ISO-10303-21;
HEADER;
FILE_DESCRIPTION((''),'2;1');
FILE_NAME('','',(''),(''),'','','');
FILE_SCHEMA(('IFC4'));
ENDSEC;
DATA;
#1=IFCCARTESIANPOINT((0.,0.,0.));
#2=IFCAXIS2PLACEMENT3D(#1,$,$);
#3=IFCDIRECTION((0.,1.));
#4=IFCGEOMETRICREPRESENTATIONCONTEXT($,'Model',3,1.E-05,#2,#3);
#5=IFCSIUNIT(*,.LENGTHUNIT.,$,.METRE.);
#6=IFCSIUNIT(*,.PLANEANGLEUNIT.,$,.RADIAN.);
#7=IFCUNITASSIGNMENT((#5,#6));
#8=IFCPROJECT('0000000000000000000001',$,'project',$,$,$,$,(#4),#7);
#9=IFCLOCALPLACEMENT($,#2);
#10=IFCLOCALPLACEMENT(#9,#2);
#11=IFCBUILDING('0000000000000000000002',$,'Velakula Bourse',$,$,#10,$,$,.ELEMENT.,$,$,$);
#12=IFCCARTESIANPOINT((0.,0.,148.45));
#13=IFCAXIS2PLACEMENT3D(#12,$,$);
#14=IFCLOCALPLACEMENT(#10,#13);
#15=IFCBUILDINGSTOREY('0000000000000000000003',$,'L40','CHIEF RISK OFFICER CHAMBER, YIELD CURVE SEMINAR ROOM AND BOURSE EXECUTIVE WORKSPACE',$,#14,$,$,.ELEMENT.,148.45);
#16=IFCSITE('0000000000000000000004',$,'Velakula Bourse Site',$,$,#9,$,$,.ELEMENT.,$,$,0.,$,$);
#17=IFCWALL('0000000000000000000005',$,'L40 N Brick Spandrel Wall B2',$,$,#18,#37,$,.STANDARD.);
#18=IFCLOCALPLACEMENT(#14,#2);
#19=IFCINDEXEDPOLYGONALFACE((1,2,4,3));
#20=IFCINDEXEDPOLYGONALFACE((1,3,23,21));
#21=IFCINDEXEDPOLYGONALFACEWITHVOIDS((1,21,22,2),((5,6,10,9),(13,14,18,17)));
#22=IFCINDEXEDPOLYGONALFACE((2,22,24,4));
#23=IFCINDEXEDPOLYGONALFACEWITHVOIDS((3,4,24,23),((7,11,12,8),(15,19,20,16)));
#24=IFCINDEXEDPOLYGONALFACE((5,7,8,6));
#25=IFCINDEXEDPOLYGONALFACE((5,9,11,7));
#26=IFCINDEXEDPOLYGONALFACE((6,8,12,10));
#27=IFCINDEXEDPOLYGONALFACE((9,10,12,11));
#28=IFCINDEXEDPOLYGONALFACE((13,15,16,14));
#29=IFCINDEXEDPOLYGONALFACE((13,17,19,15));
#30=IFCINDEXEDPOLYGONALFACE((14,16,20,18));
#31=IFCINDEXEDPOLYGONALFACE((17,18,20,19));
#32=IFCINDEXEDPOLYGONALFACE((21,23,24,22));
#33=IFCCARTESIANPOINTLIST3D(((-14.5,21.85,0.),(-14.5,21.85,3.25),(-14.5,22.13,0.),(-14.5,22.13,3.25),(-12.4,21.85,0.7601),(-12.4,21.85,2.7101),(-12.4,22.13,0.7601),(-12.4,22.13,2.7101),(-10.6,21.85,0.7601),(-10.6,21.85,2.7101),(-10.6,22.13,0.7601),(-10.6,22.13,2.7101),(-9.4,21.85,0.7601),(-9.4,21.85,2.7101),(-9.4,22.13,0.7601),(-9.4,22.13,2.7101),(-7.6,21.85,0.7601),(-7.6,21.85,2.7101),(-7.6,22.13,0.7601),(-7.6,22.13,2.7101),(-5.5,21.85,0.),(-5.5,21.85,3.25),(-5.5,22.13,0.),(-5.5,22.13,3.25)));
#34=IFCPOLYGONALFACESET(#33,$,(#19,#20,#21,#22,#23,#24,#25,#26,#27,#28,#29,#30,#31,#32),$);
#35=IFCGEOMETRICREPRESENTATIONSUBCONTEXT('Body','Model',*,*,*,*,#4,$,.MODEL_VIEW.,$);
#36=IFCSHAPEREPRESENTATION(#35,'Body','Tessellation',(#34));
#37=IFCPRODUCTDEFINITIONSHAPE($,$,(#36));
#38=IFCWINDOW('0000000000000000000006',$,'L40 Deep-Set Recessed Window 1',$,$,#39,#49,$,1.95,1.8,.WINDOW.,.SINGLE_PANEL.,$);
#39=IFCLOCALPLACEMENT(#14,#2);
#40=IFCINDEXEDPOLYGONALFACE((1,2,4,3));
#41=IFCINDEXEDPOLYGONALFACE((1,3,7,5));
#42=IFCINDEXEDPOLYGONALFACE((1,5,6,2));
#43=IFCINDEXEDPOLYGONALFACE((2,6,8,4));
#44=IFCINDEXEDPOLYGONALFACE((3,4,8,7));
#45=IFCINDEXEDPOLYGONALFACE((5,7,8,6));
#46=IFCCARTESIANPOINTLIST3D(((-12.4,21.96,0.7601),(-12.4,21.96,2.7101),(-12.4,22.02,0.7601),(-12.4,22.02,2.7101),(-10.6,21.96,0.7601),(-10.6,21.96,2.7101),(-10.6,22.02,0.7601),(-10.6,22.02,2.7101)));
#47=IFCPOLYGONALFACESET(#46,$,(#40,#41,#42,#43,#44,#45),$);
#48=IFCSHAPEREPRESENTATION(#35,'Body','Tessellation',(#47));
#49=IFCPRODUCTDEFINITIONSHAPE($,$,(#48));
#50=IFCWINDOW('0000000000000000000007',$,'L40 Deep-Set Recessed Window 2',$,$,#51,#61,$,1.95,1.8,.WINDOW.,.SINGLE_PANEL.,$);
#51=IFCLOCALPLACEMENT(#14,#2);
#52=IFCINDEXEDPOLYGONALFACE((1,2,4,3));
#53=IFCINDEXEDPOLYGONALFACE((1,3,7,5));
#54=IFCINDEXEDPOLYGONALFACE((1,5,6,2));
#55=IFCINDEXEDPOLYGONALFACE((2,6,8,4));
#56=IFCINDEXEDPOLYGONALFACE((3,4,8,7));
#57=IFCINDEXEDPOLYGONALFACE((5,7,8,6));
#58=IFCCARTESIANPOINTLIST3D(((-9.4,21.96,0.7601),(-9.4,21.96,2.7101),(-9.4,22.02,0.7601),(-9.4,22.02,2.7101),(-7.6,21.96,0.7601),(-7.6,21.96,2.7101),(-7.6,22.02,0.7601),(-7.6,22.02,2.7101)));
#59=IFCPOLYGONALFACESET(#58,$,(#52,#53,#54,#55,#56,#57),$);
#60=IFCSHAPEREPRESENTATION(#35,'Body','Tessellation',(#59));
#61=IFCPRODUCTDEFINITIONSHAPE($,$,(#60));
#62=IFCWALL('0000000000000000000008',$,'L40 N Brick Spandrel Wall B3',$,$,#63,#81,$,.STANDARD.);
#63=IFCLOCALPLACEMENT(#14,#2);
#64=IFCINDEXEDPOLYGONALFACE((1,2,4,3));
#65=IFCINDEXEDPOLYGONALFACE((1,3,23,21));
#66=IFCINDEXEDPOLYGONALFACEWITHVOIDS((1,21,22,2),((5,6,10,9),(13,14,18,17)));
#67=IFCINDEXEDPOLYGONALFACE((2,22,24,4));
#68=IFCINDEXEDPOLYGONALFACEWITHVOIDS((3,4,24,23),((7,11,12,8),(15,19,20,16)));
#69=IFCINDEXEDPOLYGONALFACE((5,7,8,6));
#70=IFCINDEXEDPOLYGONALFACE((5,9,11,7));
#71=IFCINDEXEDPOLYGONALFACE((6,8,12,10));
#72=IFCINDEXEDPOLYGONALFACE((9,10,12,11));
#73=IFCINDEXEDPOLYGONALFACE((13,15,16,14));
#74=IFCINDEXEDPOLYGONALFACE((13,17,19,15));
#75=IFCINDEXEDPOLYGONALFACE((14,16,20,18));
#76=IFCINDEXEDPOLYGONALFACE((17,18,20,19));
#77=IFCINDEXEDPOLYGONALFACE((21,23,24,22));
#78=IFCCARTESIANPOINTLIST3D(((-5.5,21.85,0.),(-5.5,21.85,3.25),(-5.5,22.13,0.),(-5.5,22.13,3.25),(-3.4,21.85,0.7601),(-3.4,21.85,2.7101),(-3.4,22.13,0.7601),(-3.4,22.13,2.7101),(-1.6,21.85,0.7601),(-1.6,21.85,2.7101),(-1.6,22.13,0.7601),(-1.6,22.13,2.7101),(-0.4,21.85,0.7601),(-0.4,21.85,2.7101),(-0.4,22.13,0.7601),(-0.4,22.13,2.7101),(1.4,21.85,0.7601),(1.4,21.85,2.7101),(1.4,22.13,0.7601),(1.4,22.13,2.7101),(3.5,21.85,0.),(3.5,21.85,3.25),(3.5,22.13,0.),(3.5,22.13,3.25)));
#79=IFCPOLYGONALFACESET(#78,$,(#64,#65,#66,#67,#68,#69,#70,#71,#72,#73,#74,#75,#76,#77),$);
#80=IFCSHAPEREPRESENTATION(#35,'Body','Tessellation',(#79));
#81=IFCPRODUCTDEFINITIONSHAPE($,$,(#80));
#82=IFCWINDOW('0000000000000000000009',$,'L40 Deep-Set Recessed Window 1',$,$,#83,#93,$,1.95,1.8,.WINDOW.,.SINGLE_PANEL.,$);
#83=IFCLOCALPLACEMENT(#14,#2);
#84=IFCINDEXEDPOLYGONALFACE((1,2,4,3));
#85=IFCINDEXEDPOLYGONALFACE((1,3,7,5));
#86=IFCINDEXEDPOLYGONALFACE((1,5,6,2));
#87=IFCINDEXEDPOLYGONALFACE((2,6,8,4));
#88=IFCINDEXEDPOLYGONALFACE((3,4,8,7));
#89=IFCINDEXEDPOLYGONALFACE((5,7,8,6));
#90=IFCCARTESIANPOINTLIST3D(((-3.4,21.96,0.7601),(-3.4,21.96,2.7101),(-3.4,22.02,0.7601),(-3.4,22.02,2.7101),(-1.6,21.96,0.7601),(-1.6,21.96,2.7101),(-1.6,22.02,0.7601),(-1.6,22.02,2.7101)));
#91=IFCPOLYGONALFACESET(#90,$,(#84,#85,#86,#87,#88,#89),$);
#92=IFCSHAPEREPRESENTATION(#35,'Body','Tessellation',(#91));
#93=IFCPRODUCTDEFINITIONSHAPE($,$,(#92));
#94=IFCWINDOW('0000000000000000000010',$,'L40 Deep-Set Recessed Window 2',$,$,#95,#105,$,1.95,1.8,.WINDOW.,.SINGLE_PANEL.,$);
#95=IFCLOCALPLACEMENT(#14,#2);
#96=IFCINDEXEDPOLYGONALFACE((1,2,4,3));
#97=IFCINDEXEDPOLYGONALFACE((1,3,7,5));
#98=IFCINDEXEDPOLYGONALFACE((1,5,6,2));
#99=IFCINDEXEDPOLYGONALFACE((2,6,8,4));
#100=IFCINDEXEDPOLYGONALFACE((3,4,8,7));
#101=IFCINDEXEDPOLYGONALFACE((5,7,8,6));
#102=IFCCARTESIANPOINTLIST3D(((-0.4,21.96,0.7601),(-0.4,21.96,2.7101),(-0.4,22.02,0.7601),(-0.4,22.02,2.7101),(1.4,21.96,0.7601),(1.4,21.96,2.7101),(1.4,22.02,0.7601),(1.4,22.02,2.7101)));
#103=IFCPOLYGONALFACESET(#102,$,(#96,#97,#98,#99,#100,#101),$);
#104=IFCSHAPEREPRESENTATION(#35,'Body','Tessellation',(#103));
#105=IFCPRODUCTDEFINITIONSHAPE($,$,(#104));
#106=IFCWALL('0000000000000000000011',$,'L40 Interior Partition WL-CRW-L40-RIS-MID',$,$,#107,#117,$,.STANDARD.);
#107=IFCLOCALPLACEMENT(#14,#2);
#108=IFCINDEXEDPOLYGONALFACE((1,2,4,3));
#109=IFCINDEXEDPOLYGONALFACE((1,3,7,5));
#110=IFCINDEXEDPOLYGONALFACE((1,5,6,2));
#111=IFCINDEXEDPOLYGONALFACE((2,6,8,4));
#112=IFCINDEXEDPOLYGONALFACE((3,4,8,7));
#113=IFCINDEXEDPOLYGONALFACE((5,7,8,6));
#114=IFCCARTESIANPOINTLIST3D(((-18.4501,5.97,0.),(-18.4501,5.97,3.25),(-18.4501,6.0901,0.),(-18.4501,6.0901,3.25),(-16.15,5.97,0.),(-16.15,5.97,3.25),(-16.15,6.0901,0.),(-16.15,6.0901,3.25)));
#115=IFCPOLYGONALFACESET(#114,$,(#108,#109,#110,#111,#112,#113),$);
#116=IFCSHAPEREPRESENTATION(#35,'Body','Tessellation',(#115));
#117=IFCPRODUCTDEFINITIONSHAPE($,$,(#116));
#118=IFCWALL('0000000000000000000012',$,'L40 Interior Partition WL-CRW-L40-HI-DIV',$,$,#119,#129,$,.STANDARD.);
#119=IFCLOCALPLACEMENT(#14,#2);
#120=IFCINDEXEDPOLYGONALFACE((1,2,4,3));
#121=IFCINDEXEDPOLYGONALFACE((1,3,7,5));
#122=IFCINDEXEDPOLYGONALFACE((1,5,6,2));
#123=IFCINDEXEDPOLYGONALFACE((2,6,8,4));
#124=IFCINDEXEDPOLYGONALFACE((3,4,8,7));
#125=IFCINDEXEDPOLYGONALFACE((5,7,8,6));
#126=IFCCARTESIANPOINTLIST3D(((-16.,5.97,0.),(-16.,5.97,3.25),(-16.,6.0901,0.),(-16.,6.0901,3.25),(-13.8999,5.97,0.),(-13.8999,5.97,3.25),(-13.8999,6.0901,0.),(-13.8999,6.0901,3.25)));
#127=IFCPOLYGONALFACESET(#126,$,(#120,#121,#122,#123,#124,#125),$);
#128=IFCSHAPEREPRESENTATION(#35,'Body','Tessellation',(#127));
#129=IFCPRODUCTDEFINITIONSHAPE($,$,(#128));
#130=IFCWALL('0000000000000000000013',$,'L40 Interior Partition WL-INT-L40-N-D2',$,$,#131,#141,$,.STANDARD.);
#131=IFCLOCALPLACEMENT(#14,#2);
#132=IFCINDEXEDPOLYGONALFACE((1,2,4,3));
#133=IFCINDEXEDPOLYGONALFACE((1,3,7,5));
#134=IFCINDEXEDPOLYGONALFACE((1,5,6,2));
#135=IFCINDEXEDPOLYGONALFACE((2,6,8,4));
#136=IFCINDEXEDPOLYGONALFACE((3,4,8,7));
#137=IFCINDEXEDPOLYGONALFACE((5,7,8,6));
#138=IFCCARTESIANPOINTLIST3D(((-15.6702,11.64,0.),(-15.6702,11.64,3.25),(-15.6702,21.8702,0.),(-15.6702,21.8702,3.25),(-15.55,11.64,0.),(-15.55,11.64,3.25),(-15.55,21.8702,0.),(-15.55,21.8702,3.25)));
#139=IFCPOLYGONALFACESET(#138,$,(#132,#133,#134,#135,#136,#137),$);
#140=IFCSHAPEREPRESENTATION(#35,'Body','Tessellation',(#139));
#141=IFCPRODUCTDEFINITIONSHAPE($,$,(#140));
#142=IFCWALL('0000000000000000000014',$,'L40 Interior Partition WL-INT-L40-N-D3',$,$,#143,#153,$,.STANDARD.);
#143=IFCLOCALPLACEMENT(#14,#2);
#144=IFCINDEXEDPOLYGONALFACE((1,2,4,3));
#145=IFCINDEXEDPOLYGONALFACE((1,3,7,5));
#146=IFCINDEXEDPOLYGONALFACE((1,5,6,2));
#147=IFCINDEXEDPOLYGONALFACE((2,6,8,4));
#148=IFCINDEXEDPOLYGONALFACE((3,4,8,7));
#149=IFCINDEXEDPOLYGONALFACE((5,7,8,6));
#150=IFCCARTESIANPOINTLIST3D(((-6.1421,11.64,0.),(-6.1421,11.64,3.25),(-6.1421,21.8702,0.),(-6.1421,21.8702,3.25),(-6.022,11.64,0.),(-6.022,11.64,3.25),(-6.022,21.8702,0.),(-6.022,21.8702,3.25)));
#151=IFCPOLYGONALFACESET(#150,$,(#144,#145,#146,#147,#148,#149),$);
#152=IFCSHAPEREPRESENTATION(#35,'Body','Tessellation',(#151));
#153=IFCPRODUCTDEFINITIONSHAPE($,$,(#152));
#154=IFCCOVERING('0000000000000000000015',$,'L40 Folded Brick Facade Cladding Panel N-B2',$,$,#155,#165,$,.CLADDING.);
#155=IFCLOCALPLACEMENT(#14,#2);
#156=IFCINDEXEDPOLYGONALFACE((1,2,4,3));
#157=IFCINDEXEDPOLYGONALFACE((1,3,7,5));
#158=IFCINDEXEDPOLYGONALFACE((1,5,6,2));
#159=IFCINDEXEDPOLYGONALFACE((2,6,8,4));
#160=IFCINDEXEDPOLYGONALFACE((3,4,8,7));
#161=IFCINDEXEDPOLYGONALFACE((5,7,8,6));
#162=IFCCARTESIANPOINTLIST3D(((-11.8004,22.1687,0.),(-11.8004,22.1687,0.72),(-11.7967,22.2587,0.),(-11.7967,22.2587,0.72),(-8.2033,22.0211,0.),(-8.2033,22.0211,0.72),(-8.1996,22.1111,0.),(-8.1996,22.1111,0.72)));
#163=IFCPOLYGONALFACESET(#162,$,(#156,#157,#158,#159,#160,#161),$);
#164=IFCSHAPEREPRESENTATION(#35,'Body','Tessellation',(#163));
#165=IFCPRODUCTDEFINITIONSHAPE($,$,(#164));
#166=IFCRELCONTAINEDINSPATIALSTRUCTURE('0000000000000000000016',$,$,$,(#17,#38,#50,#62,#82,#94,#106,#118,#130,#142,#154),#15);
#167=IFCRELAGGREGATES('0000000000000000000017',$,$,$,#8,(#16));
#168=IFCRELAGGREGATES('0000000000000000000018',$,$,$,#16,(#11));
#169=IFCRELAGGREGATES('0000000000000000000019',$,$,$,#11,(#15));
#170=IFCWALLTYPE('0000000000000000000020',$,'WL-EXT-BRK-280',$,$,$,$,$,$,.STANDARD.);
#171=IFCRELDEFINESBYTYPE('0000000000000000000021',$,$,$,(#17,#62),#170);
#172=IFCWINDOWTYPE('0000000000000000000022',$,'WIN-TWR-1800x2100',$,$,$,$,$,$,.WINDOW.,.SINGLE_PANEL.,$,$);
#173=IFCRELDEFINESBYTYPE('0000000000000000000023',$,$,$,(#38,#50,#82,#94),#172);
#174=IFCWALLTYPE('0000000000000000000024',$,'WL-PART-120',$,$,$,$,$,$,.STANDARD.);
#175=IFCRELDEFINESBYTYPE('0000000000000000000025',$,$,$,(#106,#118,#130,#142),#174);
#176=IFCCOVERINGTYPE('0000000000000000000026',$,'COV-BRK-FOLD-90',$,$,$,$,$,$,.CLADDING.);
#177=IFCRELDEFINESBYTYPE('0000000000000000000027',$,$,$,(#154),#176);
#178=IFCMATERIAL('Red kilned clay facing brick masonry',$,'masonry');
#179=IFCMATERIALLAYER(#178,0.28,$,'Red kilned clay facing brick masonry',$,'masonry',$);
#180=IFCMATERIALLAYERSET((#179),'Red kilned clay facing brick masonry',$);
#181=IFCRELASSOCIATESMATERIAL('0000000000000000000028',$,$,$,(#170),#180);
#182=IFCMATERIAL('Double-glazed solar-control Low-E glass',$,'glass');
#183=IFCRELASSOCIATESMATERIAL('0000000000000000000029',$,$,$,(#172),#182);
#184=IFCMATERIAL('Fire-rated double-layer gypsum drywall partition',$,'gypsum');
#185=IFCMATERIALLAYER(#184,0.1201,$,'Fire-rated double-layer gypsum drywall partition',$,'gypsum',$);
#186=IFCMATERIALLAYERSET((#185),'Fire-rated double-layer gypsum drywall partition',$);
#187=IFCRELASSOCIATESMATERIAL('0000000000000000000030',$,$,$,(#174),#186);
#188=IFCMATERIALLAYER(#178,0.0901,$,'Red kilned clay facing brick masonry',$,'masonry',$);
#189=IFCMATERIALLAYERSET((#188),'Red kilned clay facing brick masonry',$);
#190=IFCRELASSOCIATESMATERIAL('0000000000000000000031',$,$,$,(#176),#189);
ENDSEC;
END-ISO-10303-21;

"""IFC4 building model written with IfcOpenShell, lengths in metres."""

from ifc_helpers import new_model, si_unit, direction, frame, frame_2d, origin, origin_2d, place, context, subcontext, project, spatial, rectangle, extrude, material, layer, layer_set, type_object, element, fill, save


model = new_model("IFC4")

# Units and contexts
model_context = context("Model", 3, precision=1e-05, world=origin(), true_north=direction((0.0, 1.0)))
body_context = subcontext(model_context, "Body", "Model", "MODEL_VIEW")
ifc_project = project(units=[si_unit("LENGTHUNIT", "METRE"), si_unit("PLANEANGLEUNIT", "RADIAN")], contexts=[model_context])

# Site, building, storey
site_placement = place(None, origin())
site = spatial("IfcSite", under=ifc_project, at=site_placement, Name="Velakula Bourse Site", CompositionType="ELEMENT", RefElevation=0.0)
building_placement = place(site_placement, origin())
building = spatial("IfcBuilding", under=site, at=building_placement, Name="Velakula Bourse", CompositionType="ELEMENT")
storey_placement = place(building_placement, frame((0.0, 0.0, 148.45)))
storey = spatial("IfcBuildingStorey", under=building, at=storey_placement, Name="L40", Description="CHIEF RISK OFFICER CHAMBER, YIELD CURVE SEMINAR ROOM AND BOURSE EXECUTIVE WORKSPACE", CompositionType="ELEMENT", Elevation=148.45)

# Walls, openings, windows
ifc_material_1 = material(Name="Red kilned clay facing brick masonry", Category="masonry")
ifc_layer_1 = layer(ifc_material_1, 0.28, Name="Red kilned clay facing brick masonry", Category="masonry")
ifc_layer_set_1 = layer_set([ifc_layer_1], Name="Red kilned clay facing brick masonry")
wall_type_1 = type_object("IfcWallType", Name="WL-EXT-BRK-280", PredefinedType="STANDARD", material=ifc_layer_set_1)
wall_1_placement = place(storey_placement, frame((-14.5, 21.99, 0.0), z_axis=(0.0, 0.0, 1.0), x_axis=(1.0, 0.0, 0.0)))
wall_1 = element("IfcWall", 1, at=wall_1_placement, inside=storey, type_object=wall_type_1, Name="L40 N Brick Spandrel Wall B2", PredefinedType="STANDARD", context=body_context, shape_type="SweptSolid", body=[
    extrude(rectangle(XDim=9.0, YDim=0.28, at=frame_2d((4.5, 0.0))), origin(), (0.0, 0.0, 1.0), 3.25),
])
opening_1_placement = place(wall_1_placement, frame((2.1001, 0.0, 0.76)))
opening_1 = element("IfcOpeningElement", 2, at=opening_1_placement, cuts=wall_1, PredefinedType="OPENING", context=body_context, shape_type="SweptSolid", body=[
    extrude(rectangle(XDim=1.8, YDim=1.95, at=frame_2d((0.8999, 0.9751))), frame((0.0, 0.1499, 0.0), z_axis=(0.0, -1.0, 0.0), x_axis=(1.0, 0.0, 0.0)), (0.0, 0.0, 1.0), 0.3),
])
opening_2_placement = place(wall_1_placement, frame((5.1001, 0.0, 0.76)))
opening_2 = element("IfcOpeningElement", 3, at=opening_2_placement, cuts=wall_1, PredefinedType="OPENING", context=body_context, shape_type="SweptSolid", body=[
    extrude(rectangle(XDim=1.8, YDim=1.95, at=frame_2d((0.8999, 0.9751))), frame((0.0, 0.1499, 0.0), z_axis=(0.0, -1.0, 0.0), x_axis=(1.0, 0.0, 0.0)), (0.0, 0.0, 1.0), 0.3),
])
ifc_material_2 = material(Name="Double-glazed solar-control Low-E glass", Category="glass")
window_type = type_object("IfcWindowType", Name="WIN-TWR-1800x2100", PartitioningType="SINGLE_PANEL", PredefinedType="WINDOW", material=ifc_material_2)
window_1_placement = place(opening_1_placement, origin())
window_1 = element("IfcWindow", 4, at=window_1_placement, inside=storey, type_object=window_type, Name="L40 Deep-Set Recessed Window 1", OverallHeight=1.95, OverallWidth=1.8, PartitioningType="SINGLE_PANEL", PredefinedType="WINDOW", context=body_context, shape_type="SweptSolid", body=[
    extrude(rectangle(XDim=1.8, YDim=1.95, at=frame_2d((0.8999, 0.9751))), frame((0.0, 0.03, 0.0), z_axis=(0.0, -1.0, 0.0), x_axis=(1.0, 0.0, 0.0)), (0.0, 0.0, 1.0), 0.0601),
])
fill(opening_1, window_1)
window_2_placement = place(opening_2_placement, origin())
window_2 = element("IfcWindow", 5, at=window_2_placement, inside=storey, type_object=window_type, Name="L40 Deep-Set Recessed Window 2", OverallHeight=1.95, OverallWidth=1.8, PartitioningType="SINGLE_PANEL", PredefinedType="WINDOW", context=body_context, shape_type="SweptSolid", body=[
    extrude(rectangle(XDim=1.8, YDim=1.95, at=frame_2d((0.8999, 0.9751))), frame((0.0, 0.03, 0.0), z_axis=(0.0, -1.0, 0.0), x_axis=(1.0, 0.0, 0.0)), (0.0, 0.0, 1.0), 0.0601),
])
fill(opening_2, window_2)
wall_2_placement = place(storey_placement, frame((-5.5, 21.99, 0.0), z_axis=(0.0, 0.0, 1.0), x_axis=(1.0, 0.0, 0.0)))
wall_2 = element("IfcWall", 6, at=wall_2_placement, inside=storey, type_object=wall_type_1, Name="L40 N Brick Spandrel Wall B3", PredefinedType="STANDARD", context=body_context, shape_type="SweptSolid", body=[
    extrude(rectangle(XDim=9.0, YDim=0.28, at=frame_2d((4.5, 0.0))), origin(), (0.0, 0.0, 1.0), 3.25),
])
opening_3_placement = place(wall_2_placement, frame((2.1001, 0.0, 0.76)))
opening_3 = element("IfcOpeningElement", 7, at=opening_3_placement, cuts=wall_2, PredefinedType="OPENING", context=body_context, shape_type="SweptSolid", body=[
    extrude(rectangle(XDim=1.8, YDim=1.95, at=frame_2d((0.8999, 0.9751))), frame((0.0, 0.1499, 0.0), z_axis=(0.0, -1.0, 0.0), x_axis=(1.0, 0.0, 0.0)), (0.0, 0.0, 1.0), 0.3),
])
opening_4_placement = place(wall_2_placement, frame((5.1001, 0.0, 0.76)))
opening_4 = element("IfcOpeningElement", 8, at=opening_4_placement, cuts=wall_2, PredefinedType="OPENING", context=body_context, shape_type="SweptSolid", body=[
    extrude(rectangle(XDim=1.8, YDim=1.95, at=frame_2d((0.8999, 0.9751))), frame((0.0, 0.1499, 0.0), z_axis=(0.0, -1.0, 0.0), x_axis=(1.0, 0.0, 0.0)), (0.0, 0.0, 1.0), 0.3),
])
window_3_placement = place(opening_3_placement, origin())
window_3 = element("IfcWindow", 9, at=window_3_placement, inside=storey, type_object=window_type, Name="L40 Deep-Set Recessed Window 1", OverallHeight=1.95, OverallWidth=1.8, PartitioningType="SINGLE_PANEL", PredefinedType="WINDOW", context=body_context, shape_type="SweptSolid", body=[
    extrude(rectangle(XDim=1.8, YDim=1.95, at=frame_2d((0.8999, 0.9751))), frame((0.0, 0.03, 0.0), z_axis=(0.0, -1.0, 0.0), x_axis=(1.0, 0.0, 0.0)), (0.0, 0.0, 1.0), 0.0601),
])
fill(opening_3, window_3)
window_4_placement = place(opening_4_placement, origin())
window_4 = element("IfcWindow", 10, at=window_4_placement, inside=storey, type_object=window_type, Name="L40 Deep-Set Recessed Window 2", OverallHeight=1.95, OverallWidth=1.8, PartitioningType="SINGLE_PANEL", PredefinedType="WINDOW", context=body_context, shape_type="SweptSolid", body=[
    extrude(rectangle(XDim=1.8, YDim=1.95, at=frame_2d((0.8999, 0.9751))), frame((0.0, 0.03, 0.0), z_axis=(0.0, -1.0, 0.0), x_axis=(1.0, 0.0, 0.0)), (0.0, 0.0, 1.0), 0.0601),
])
fill(opening_4, window_4)

# Walls
ifc_material_3 = material(Name="Fire-rated double-layer gypsum drywall partition", Category="gypsum")
ifc_layer_2 = layer(ifc_material_3, 0.1201, Name="Fire-rated double-layer gypsum drywall partition", Category="gypsum")
ifc_layer_set_2 = layer_set([ifc_layer_2], Name="Fire-rated double-layer gypsum drywall partition")
wall_type_2 = type_object("IfcWallType", Name="WL-PART-120", PredefinedType="STANDARD", material=ifc_layer_set_2)
wall_3_placement = place(storey_placement, frame((-18.45, 6.03, 0.0), z_axis=(0.0, 0.0, 1.0), x_axis=(1.0, 0.0, 0.0)))
element("IfcWall", 11, at=wall_3_placement, inside=storey, type_object=wall_type_2, Name="L40 Interior Partition WL-CRW-L40-RIS-MID", PredefinedType="STANDARD", context=body_context, shape_type="SweptSolid", body=[
    extrude(rectangle(XDim=2.3, YDim=0.1201, at=frame_2d((1.1499, 0.0))), origin(), (0.0, 0.0, 1.0), 3.25),
])
wall_4_placement = place(storey_placement, frame((-16.0, 6.03, 0.0), z_axis=(0.0, 0.0, 1.0), x_axis=(1.0, 0.0, 0.0)))
element("IfcWall", 12, at=wall_4_placement, inside=storey, type_object=wall_type_2, Name="L40 Interior Partition WL-CRW-L40-HI-DIV", PredefinedType="STANDARD", context=body_context, shape_type="SweptSolid", body=[
    extrude(rectangle(XDim=2.1001, YDim=0.1201, at=frame_2d((1.05, 0.0))), origin(), (0.0, 0.0, 1.0), 3.25),
])
for number, where, z_axis, x_axis, name in (
    (13, (-15.6101, 11.6399, 0.0), (0.0, 0.0, 1.0), (0.0, 1.0, 0.0), "L40 Interior Partition WL-INT-L40-N-D2"),
    (14, (-6.082, 11.6399, 0.0), (0.0, 0.0, 1.0), (0.0, 1.0, 0.0), "L40 Interior Partition WL-INT-L40-N-D3"),
):
    element("IfcWall", number, at=place(storey_placement, frame(where, z_axis=z_axis, x_axis=x_axis)), inside=storey, type_object=wall_type_2, Name=name, PredefinedType="STANDARD", context=body_context, shape_type="SweptSolid", body=[
        extrude(rectangle(XDim=10.2302, YDim=0.1201, at=frame_2d((5.1152, 0.0))), origin(), (0.0, 0.0, 1.0), 3.25),
    ])

# Covering
ifc_layer_3 = layer(ifc_material_1, 0.0901, Name="Red kilned clay facing brick masonry", Category="masonry")
ifc_layer_set_3 = layer_set([ifc_layer_3], Name="Red kilned clay facing brick masonry")
covering_type = type_object("IfcCoveringType", Name="COV-BRK-FOLD-90", PredefinedType="CLADDING", material=ifc_layer_set_3)
covering_placement = place(storey_placement, frame((-10.0, 22.1399, 0.0), z_axis=(0.0, 0.0, 1.0), x_axis=(0.999159, -0.041004, 0.0)))
element("IfcCovering", 15, at=covering_placement, inside=storey, type_object=covering_type, Name="L40 Folded Brick Facade Cladding Panel N-B2", PredefinedType="CLADDING", context=body_context, shape_type="SweptSolid", body=[
    extrude(rectangle(XDim=3.6001, YDim=0.0901, at=origin_2d()), origin(), (0.0, 0.0, 1.0), 0.72),
])

save(model, "model.ifc")
